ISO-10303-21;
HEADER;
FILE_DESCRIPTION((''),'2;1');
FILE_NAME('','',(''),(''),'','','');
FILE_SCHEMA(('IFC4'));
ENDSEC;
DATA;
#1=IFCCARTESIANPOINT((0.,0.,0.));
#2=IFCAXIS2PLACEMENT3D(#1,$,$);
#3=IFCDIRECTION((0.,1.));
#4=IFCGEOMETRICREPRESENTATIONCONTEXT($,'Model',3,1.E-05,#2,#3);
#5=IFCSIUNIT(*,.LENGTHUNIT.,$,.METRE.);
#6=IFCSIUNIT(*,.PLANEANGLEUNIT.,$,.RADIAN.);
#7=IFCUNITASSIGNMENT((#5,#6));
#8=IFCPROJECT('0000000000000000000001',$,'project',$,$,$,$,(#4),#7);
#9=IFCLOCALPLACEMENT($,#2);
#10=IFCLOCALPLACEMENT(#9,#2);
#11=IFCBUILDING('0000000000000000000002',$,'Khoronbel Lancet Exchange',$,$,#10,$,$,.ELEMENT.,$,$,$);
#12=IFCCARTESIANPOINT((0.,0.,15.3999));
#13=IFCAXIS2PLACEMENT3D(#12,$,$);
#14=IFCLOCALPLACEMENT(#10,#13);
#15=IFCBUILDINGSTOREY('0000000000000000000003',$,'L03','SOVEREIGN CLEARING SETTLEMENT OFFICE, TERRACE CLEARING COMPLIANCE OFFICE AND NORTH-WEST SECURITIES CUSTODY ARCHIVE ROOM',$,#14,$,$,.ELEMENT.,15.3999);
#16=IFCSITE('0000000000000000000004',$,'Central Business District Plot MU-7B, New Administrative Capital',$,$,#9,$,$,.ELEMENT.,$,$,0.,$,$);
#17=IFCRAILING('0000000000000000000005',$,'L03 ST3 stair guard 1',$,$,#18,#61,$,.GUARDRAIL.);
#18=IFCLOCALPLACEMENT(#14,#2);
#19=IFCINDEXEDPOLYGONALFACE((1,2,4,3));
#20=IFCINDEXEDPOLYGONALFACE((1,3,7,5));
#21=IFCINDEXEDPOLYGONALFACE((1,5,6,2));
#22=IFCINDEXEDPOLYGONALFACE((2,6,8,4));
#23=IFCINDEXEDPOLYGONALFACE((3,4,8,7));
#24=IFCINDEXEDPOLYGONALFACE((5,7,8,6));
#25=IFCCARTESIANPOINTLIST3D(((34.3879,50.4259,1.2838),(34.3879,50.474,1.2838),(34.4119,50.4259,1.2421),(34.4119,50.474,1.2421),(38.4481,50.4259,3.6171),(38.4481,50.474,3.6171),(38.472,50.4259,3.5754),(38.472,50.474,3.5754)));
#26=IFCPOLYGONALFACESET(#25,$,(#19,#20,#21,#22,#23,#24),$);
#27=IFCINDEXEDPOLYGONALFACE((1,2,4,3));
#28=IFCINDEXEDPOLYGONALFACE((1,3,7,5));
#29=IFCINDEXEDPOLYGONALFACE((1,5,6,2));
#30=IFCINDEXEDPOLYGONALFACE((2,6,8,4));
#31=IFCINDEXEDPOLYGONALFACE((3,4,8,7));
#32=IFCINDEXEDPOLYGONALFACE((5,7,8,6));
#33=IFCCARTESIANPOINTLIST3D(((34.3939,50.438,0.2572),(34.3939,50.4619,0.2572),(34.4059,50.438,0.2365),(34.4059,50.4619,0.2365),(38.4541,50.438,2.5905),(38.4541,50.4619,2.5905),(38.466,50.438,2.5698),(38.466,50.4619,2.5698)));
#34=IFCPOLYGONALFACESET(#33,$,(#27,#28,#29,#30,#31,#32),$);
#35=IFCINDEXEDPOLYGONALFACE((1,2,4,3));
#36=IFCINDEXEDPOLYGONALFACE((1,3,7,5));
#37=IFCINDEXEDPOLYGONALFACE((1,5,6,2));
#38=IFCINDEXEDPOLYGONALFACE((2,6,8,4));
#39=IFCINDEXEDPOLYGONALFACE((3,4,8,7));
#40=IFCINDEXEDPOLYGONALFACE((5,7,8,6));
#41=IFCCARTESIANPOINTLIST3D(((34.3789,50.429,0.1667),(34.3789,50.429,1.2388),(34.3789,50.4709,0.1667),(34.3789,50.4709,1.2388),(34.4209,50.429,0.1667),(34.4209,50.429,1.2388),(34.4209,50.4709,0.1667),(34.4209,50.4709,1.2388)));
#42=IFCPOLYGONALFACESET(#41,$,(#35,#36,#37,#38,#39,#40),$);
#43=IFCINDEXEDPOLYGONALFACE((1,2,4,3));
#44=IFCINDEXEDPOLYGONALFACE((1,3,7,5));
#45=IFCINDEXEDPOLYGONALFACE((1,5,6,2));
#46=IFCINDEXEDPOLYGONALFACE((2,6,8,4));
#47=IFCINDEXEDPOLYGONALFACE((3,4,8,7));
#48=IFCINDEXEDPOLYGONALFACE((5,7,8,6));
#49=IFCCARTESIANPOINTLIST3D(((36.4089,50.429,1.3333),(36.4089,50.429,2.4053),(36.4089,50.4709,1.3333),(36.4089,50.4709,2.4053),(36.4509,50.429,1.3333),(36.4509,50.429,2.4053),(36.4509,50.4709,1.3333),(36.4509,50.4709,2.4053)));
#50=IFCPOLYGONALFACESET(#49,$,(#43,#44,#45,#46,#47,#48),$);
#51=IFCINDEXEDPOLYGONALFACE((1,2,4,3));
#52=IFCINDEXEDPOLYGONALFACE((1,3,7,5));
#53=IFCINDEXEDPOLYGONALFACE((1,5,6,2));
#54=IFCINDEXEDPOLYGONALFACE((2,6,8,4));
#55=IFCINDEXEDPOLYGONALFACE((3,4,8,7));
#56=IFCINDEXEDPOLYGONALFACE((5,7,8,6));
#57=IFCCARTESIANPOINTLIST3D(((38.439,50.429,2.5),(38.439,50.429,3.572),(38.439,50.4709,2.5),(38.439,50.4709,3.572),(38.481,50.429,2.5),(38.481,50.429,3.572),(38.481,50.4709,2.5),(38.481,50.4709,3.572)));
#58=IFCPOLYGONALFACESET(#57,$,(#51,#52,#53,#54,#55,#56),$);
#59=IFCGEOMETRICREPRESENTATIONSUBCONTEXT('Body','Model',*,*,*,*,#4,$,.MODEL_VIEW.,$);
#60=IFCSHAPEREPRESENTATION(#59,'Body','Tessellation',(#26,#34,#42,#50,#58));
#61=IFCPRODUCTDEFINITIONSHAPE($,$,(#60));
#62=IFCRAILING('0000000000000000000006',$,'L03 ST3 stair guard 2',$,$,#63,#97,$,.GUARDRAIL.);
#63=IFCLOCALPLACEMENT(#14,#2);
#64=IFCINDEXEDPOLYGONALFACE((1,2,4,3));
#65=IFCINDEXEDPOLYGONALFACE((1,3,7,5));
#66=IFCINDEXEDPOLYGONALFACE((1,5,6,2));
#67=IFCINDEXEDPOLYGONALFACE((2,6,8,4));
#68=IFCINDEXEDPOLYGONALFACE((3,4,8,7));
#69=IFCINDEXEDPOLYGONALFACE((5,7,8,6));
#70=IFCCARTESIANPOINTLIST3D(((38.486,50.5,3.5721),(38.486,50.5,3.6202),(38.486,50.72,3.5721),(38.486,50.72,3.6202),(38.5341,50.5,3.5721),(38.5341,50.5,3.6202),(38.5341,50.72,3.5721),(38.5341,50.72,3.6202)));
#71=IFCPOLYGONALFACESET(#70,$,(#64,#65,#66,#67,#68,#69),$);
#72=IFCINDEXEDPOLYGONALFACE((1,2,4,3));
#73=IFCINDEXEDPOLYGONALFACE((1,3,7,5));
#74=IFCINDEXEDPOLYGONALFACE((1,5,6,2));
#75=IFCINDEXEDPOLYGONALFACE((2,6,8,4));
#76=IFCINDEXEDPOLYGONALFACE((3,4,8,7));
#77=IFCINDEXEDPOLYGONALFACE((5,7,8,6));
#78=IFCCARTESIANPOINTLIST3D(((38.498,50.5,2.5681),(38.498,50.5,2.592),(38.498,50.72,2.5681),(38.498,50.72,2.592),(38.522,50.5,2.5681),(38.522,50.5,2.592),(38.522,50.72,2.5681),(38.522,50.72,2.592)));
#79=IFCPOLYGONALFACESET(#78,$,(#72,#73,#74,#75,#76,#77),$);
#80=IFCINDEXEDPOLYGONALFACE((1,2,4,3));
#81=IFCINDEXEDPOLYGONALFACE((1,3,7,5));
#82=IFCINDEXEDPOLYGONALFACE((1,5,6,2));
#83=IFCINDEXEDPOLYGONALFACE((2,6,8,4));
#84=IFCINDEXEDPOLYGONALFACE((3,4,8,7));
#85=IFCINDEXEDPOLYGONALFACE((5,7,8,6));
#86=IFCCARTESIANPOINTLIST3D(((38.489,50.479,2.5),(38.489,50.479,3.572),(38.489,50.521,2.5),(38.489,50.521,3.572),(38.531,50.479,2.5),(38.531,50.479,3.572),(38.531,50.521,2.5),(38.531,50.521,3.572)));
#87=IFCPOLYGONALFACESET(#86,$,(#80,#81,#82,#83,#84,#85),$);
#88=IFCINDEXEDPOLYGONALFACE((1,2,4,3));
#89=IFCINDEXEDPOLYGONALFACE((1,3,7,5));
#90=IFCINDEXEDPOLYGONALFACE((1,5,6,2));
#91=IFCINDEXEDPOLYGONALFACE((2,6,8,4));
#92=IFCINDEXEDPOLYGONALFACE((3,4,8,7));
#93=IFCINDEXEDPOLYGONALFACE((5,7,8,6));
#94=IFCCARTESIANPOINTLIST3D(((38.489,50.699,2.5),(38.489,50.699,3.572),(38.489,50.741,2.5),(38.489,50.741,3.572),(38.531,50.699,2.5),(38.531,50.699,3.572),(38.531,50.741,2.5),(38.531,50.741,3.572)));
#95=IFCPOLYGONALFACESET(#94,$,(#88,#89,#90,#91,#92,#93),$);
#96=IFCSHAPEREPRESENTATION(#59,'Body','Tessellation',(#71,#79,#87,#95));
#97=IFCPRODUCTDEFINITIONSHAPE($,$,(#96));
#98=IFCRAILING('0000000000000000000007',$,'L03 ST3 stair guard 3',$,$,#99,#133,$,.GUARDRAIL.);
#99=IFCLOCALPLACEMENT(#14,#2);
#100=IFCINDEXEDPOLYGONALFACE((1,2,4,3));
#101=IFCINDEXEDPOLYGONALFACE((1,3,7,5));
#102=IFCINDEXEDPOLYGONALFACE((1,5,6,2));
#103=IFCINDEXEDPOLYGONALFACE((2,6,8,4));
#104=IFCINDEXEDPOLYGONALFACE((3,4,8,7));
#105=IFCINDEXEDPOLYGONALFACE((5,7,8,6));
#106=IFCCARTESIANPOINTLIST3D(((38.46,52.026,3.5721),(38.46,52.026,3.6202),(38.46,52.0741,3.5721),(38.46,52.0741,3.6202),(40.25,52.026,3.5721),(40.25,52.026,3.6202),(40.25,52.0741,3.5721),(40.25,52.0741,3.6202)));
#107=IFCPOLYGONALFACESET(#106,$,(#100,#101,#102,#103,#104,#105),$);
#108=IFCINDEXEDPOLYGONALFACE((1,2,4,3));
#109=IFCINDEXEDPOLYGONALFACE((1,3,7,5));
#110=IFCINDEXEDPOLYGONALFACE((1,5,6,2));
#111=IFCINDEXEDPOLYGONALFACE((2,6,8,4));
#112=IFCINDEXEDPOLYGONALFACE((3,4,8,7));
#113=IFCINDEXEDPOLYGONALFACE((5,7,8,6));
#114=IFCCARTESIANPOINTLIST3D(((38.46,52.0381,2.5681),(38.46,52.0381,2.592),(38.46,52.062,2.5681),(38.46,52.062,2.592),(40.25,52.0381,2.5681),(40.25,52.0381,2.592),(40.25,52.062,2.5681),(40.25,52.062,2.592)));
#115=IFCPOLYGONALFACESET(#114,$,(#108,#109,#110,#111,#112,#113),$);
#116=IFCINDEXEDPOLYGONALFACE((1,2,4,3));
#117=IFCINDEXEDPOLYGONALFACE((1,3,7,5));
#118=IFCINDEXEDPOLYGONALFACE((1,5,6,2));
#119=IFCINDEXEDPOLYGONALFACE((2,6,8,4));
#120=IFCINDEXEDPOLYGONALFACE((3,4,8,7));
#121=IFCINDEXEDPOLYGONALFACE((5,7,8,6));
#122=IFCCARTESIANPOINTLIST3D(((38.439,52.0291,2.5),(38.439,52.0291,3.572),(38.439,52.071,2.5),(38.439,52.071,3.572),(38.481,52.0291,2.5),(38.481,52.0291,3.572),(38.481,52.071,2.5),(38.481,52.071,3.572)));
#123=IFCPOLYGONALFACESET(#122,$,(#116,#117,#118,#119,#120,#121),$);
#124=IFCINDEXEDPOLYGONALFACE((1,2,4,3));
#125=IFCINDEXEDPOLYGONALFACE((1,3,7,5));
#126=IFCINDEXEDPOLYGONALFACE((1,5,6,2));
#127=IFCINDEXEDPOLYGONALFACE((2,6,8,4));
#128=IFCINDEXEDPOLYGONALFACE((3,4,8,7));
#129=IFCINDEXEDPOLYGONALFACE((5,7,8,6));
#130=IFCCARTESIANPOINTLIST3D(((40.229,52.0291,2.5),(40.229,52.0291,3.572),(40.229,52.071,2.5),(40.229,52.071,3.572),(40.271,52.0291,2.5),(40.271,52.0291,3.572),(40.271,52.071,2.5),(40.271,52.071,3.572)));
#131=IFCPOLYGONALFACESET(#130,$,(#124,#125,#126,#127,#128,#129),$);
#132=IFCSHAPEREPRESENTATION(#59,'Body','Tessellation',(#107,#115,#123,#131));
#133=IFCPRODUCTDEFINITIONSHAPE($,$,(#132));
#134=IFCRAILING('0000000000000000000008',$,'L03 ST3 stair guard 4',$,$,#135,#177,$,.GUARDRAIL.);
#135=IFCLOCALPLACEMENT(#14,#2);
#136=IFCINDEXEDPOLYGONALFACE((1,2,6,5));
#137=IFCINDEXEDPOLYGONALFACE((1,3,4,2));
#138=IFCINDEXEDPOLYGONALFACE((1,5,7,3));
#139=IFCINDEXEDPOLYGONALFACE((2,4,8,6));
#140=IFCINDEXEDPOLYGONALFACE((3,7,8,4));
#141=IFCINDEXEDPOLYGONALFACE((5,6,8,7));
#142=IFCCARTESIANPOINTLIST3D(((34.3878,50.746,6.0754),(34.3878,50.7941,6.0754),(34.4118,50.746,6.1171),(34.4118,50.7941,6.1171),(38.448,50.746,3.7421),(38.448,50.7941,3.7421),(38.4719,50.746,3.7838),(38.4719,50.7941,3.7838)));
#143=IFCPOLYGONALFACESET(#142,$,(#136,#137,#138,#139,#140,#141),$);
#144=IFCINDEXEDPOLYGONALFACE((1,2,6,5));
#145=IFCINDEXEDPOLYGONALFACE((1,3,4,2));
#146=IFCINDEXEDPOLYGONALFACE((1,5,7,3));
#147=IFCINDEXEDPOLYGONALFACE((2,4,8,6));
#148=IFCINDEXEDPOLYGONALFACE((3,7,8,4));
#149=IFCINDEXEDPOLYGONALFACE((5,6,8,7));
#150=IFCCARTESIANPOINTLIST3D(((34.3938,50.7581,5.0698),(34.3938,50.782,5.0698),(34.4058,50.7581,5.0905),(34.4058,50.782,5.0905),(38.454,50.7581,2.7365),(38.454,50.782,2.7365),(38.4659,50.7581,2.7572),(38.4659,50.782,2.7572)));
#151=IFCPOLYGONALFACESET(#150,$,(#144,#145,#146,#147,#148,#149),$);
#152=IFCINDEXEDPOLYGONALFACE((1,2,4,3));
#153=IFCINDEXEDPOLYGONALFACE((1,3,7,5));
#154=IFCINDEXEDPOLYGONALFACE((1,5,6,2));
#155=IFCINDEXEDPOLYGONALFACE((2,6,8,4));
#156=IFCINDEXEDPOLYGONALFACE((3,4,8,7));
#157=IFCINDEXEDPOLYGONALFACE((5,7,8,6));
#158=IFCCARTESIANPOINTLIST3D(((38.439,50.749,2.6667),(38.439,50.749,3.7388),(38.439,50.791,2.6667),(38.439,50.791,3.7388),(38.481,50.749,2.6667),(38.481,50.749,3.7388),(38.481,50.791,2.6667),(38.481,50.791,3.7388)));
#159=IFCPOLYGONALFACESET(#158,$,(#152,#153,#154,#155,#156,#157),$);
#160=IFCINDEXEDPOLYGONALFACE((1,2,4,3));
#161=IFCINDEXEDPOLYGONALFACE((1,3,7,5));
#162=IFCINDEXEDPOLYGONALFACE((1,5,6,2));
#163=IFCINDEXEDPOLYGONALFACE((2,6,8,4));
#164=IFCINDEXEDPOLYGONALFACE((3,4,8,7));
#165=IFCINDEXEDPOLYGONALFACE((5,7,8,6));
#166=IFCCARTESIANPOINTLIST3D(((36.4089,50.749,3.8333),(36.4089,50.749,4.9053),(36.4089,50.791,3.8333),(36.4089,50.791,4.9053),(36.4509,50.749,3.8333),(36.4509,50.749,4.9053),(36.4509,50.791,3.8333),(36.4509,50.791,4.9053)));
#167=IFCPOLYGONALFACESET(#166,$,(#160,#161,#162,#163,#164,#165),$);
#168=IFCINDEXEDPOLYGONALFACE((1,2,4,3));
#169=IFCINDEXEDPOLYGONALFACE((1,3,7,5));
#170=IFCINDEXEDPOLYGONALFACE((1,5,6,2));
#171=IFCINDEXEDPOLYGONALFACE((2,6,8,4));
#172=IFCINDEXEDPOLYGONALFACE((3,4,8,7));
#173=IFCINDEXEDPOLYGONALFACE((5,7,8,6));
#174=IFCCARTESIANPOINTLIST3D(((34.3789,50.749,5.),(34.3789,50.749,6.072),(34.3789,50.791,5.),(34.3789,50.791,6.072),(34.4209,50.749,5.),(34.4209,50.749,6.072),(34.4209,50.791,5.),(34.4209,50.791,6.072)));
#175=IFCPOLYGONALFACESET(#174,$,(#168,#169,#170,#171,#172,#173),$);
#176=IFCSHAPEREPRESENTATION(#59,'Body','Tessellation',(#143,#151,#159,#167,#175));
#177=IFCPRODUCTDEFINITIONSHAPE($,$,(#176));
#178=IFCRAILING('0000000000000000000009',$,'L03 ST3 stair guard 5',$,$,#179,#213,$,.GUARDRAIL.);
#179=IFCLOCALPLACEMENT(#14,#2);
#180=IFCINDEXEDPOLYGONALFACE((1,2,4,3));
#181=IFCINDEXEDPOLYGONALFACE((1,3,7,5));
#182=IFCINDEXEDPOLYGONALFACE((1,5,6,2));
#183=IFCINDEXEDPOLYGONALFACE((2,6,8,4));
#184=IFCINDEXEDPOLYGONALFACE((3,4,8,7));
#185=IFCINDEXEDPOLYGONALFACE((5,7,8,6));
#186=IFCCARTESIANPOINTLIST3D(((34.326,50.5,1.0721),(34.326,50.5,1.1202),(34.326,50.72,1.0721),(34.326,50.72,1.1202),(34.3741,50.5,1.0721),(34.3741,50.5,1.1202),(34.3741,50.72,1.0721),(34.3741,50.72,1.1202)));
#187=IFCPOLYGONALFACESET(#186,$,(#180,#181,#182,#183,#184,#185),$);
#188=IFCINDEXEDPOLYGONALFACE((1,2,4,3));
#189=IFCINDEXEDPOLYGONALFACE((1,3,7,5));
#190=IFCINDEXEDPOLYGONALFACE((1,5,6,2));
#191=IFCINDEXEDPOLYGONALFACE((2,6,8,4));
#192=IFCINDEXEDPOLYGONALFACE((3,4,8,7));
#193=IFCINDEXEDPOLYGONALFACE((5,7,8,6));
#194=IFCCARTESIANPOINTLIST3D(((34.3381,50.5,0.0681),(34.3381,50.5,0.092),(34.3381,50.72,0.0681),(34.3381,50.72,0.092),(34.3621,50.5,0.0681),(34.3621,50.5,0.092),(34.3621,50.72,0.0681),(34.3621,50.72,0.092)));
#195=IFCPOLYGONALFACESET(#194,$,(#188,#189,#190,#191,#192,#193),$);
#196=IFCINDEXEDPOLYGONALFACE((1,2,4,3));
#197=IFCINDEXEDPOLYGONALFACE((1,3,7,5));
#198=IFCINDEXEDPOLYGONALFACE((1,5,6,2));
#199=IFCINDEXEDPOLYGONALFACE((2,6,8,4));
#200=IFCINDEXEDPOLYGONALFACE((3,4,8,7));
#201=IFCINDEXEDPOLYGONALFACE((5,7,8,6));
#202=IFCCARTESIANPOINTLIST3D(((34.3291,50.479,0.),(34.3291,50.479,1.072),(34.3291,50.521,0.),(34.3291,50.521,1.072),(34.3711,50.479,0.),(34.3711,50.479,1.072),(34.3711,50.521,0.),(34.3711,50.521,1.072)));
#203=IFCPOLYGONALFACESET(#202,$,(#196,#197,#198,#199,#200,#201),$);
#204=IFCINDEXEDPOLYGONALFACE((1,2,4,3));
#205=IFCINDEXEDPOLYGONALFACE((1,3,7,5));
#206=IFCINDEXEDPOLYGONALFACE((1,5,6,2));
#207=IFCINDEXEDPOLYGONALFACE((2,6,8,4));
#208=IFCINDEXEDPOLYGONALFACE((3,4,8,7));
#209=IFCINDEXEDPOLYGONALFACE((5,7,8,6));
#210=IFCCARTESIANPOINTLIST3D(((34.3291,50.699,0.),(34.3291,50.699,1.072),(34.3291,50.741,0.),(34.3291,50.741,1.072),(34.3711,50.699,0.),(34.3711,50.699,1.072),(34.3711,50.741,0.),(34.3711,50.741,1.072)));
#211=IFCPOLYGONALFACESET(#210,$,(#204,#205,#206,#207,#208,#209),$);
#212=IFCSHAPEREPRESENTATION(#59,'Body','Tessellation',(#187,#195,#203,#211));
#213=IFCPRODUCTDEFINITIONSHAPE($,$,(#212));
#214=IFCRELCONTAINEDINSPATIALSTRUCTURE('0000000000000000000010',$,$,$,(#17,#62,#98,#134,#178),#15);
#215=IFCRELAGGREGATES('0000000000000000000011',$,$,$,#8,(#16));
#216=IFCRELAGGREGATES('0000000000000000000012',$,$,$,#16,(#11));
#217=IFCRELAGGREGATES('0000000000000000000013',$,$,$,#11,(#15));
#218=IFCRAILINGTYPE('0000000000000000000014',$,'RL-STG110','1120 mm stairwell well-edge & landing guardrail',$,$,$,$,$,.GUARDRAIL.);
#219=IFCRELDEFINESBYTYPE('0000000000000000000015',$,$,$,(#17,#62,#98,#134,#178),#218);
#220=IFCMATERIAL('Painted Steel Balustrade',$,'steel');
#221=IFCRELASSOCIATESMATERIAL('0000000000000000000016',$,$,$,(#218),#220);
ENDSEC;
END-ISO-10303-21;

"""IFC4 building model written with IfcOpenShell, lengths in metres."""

from ifc_helpers import new_model, si_unit, direction, frame, origin, origin_2d, place, context, subcontext, project, spatial, rectangle, extrude, material, type_object, element, save


model = new_model("IFC4")

# Units and contexts
model_context = context("Model", 3, precision=1e-05, world=origin(), true_north=direction((0.0, 1.0)))
body_context = subcontext(model_context, "Body", "Model", "MODEL_VIEW")
ifc_project = project(units=[si_unit("LENGTHUNIT", "METRE"), si_unit("PLANEANGLEUNIT", "RADIAN")], contexts=[model_context])

# Site, building, storey
site_placement = place(None, origin())
site = spatial("IfcSite", under=ifc_project, at=site_placement, Name="Central Business District Plot MU-7B, New Administrative Capital", CompositionType="ELEMENT", RefElevation=0.0)
building_placement = place(site_placement, origin())
building = spatial("IfcBuilding", under=site, at=building_placement, Name="Khoronbel Lancet Exchange", CompositionType="ELEMENT")
storey_placement = place(building_placement, frame((0.0, 0.0, 15.3999)))
storey = spatial("IfcBuildingStorey", under=building, at=storey_placement, Name="L03", Description="SOVEREIGN CLEARING SETTLEMENT OFFICE, TERRACE CLEARING COMPLIANCE OFFICE AND NORTH-WEST SECURITIES CUSTODY ARCHIVE ROOM", CompositionType="ELEMENT", Elevation=15.3999)

# Railings
ifc_material_1 = material(Name="Painted Steel Balustrade", Category="steel")
railing_type_1 = type_object("IfcRailingType", Name="RL-STG110", Description="1120 mm stairwell well-edge & landing guardrail", PredefinedType="GUARDRAIL", material=ifc_material_1)
railing_1_placement = place(storey_placement, frame((34.3999, 50.45, 0.1667)))
element("IfcRailing", 1, at=railing_1_placement, inside=storey, type_object=railing_type_1, Name="L03 ST3 stair guard 1", PredefinedType="GUARDRAIL", context=body_context, shape_type="SweptSolid", body=[
    extrude(rectangle(XDim=0.0481, YDim=0.0481, at=origin_2d()), frame((0.0, 0.0, 1.0962), z_axis=(0.867025, 0.0, 0.498265), x_axis=(0.0, 1.0, 0.0)), (0.0, 0.0, 1.0), 4.6829),
    extrude(rectangle(XDim=0.0239, YDim=0.0239, at=origin_2d()), frame((0.0, 0.0, 0.0801), z_axis=(0.867025, 0.0, 0.498265), x_axis=(0.0, 1.0, 0.0)), (0.0, 0.0, 1.0), 4.6829),
    extrude(rectangle(XDim=0.042, YDim=0.042, at=origin_2d()), origin(), (0.0, 0.0, 1.0), 1.072),
    extrude(rectangle(XDim=0.042, YDim=0.042, at=origin_2d()), frame((2.03, 0.0, 1.1665)), (0.0, 0.0, 1.0), 1.072),
    extrude(rectangle(XDim=0.042, YDim=0.042, at=origin_2d()), frame((4.0601, 0.0, 2.3333)), (0.0, 0.0, 1.0), 1.072),
])
railing_2_placement = place(storey_placement, frame((38.51, 50.5, 2.5)))
element("IfcRailing", 2, at=railing_2_placement, inside=storey, type_object=railing_type_1, Name="L03 ST3 stair guard 2", PredefinedType="GUARDRAIL", context=body_context, shape_type="SweptSolid", body=[
    extrude(rectangle(XDim=0.0481, YDim=0.0481, at=origin_2d()), frame((0.0, 0.0, 1.0962), z_axis=(0.0, 1.0, 0.0), x_axis=(-1.0, 0.0, 0.0)), (0.0, 0.0, 1.0), 0.22),
    extrude(rectangle(XDim=0.0239, YDim=0.0239, at=origin_2d()), frame((0.0, 0.0, 0.0801), z_axis=(0.0, 1.0, 0.0), x_axis=(-1.0, 0.0, 0.0)), (0.0, 0.0, 1.0), 0.22),
    extrude(rectangle(XDim=0.042, YDim=0.042, at=origin_2d()), origin(), (0.0, 0.0, 1.0), 1.072),
    extrude(rectangle(XDim=0.042, YDim=0.042, at=origin_2d()), frame((0.0, 0.22, 0.0)), (0.0, 0.0, 1.0), 1.072),
])
railing_3_placement = place(storey_placement, frame((38.46, 52.05, 2.5)))
element("IfcRailing", 3, at=railing_3_placement, inside=storey, type_object=railing_type_1, Name="L03 ST3 stair guard 3", PredefinedType="GUARDRAIL", context=body_context, shape_type="SweptSolid", body=[
    extrude(rectangle(XDim=0.0481, YDim=0.0481, at=origin_2d()), frame((0.0, 0.0, 1.0962), z_axis=(1.0, 0.0, 0.0), x_axis=(0.0, 1.0, 0.0)), (0.0, 0.0, 1.0), 1.79),
    extrude(rectangle(XDim=0.0239, YDim=0.0239, at=origin_2d()), frame((0.0, 0.0, 0.0801), z_axis=(1.0, 0.0, 0.0), x_axis=(0.0, 1.0, 0.0)), (0.0, 0.0, 1.0), 1.79),
    extrude(rectangle(XDim=0.042, YDim=0.042, at=origin_2d()), origin(), (0.0, 0.0, 1.0), 1.072),
    extrude(rectangle(XDim=0.042, YDim=0.042, at=origin_2d()), frame((1.79, 0.0, 0.0)), (0.0, 0.0, 1.0), 1.072),
])
railing_4_placement = place(storey_placement, frame((38.46, 50.77, 2.6667)))
element("IfcRailing", 4, at=railing_4_placement, inside=storey, type_object=railing_type_1, Name="L03 ST3 stair guard 4", PredefinedType="GUARDRAIL", context=body_context, shape_type="SweptSolid", body=[
    extrude(rectangle(XDim=0.0481, YDim=0.0481, at=origin_2d()), frame((0.0, 0.0, 1.0962), z_axis=(-0.867025, 0.0, 0.498265), x_axis=(0.0, -1.0, 0.0)), (0.0, 0.0, 1.0), 4.6829),
    extrude(rectangle(XDim=0.0239, YDim=0.0239, at=origin_2d()), frame((0.0, 0.0, 0.0801), z_axis=(-0.867025, 0.0, 0.498265), x_axis=(0.0, -1.0, 0.0)), (0.0, 0.0, 1.0), 4.6829),
    extrude(rectangle(XDim=0.042, YDim=0.042, at=origin_2d()), origin(), (0.0, 0.0, 1.0), 1.072),
    extrude(rectangle(XDim=0.042, YDim=0.042, at=origin_2d()), frame((-2.03, 0.0, 1.1665)), (0.0, 0.0, 1.0), 1.072),
    extrude(rectangle(XDim=0.042, YDim=0.042, at=origin_2d()), frame((-4.0601, 0.0, 2.3333)), (0.0, 0.0, 1.0), 1.072),
])
railing_5_placement = place(storey_placement, frame((34.3501, 50.5, 0.0)))
element("IfcRailing", 5, at=railing_5_placement, inside=storey, type_object=railing_type_1, Name="L03 ST3 stair guard 5", PredefinedType="GUARDRAIL", context=body_context, shape_type="SweptSolid", body=[
    extrude(rectangle(XDim=0.0481, YDim=0.0481, at=origin_2d()), frame((0.0, 0.0, 1.0962), z_axis=(0.0, 1.0, 0.0), x_axis=(-1.0, 0.0, 0.0)), (0.0, 0.0, 1.0), 0.22),
    extrude(rectangle(XDim=0.0239, YDim=0.0239, at=origin_2d()), frame((0.0, 0.0, 0.0801), z_axis=(0.0, 1.0, 0.0), x_axis=(-1.0, 0.0, 0.0)), (0.0, 0.0, 1.0), 0.22),
    extrude(rectangle(XDim=0.042, YDim=0.042, at=origin_2d()), origin(), (0.0, 0.0, 1.0), 1.072),
    extrude(rectangle(XDim=0.042, YDim=0.042, at=origin_2d()), frame((0.0, 0.22, 0.0)), (0.0, 0.0, 1.0), 1.072),
])

save(model, "model.ifc")
